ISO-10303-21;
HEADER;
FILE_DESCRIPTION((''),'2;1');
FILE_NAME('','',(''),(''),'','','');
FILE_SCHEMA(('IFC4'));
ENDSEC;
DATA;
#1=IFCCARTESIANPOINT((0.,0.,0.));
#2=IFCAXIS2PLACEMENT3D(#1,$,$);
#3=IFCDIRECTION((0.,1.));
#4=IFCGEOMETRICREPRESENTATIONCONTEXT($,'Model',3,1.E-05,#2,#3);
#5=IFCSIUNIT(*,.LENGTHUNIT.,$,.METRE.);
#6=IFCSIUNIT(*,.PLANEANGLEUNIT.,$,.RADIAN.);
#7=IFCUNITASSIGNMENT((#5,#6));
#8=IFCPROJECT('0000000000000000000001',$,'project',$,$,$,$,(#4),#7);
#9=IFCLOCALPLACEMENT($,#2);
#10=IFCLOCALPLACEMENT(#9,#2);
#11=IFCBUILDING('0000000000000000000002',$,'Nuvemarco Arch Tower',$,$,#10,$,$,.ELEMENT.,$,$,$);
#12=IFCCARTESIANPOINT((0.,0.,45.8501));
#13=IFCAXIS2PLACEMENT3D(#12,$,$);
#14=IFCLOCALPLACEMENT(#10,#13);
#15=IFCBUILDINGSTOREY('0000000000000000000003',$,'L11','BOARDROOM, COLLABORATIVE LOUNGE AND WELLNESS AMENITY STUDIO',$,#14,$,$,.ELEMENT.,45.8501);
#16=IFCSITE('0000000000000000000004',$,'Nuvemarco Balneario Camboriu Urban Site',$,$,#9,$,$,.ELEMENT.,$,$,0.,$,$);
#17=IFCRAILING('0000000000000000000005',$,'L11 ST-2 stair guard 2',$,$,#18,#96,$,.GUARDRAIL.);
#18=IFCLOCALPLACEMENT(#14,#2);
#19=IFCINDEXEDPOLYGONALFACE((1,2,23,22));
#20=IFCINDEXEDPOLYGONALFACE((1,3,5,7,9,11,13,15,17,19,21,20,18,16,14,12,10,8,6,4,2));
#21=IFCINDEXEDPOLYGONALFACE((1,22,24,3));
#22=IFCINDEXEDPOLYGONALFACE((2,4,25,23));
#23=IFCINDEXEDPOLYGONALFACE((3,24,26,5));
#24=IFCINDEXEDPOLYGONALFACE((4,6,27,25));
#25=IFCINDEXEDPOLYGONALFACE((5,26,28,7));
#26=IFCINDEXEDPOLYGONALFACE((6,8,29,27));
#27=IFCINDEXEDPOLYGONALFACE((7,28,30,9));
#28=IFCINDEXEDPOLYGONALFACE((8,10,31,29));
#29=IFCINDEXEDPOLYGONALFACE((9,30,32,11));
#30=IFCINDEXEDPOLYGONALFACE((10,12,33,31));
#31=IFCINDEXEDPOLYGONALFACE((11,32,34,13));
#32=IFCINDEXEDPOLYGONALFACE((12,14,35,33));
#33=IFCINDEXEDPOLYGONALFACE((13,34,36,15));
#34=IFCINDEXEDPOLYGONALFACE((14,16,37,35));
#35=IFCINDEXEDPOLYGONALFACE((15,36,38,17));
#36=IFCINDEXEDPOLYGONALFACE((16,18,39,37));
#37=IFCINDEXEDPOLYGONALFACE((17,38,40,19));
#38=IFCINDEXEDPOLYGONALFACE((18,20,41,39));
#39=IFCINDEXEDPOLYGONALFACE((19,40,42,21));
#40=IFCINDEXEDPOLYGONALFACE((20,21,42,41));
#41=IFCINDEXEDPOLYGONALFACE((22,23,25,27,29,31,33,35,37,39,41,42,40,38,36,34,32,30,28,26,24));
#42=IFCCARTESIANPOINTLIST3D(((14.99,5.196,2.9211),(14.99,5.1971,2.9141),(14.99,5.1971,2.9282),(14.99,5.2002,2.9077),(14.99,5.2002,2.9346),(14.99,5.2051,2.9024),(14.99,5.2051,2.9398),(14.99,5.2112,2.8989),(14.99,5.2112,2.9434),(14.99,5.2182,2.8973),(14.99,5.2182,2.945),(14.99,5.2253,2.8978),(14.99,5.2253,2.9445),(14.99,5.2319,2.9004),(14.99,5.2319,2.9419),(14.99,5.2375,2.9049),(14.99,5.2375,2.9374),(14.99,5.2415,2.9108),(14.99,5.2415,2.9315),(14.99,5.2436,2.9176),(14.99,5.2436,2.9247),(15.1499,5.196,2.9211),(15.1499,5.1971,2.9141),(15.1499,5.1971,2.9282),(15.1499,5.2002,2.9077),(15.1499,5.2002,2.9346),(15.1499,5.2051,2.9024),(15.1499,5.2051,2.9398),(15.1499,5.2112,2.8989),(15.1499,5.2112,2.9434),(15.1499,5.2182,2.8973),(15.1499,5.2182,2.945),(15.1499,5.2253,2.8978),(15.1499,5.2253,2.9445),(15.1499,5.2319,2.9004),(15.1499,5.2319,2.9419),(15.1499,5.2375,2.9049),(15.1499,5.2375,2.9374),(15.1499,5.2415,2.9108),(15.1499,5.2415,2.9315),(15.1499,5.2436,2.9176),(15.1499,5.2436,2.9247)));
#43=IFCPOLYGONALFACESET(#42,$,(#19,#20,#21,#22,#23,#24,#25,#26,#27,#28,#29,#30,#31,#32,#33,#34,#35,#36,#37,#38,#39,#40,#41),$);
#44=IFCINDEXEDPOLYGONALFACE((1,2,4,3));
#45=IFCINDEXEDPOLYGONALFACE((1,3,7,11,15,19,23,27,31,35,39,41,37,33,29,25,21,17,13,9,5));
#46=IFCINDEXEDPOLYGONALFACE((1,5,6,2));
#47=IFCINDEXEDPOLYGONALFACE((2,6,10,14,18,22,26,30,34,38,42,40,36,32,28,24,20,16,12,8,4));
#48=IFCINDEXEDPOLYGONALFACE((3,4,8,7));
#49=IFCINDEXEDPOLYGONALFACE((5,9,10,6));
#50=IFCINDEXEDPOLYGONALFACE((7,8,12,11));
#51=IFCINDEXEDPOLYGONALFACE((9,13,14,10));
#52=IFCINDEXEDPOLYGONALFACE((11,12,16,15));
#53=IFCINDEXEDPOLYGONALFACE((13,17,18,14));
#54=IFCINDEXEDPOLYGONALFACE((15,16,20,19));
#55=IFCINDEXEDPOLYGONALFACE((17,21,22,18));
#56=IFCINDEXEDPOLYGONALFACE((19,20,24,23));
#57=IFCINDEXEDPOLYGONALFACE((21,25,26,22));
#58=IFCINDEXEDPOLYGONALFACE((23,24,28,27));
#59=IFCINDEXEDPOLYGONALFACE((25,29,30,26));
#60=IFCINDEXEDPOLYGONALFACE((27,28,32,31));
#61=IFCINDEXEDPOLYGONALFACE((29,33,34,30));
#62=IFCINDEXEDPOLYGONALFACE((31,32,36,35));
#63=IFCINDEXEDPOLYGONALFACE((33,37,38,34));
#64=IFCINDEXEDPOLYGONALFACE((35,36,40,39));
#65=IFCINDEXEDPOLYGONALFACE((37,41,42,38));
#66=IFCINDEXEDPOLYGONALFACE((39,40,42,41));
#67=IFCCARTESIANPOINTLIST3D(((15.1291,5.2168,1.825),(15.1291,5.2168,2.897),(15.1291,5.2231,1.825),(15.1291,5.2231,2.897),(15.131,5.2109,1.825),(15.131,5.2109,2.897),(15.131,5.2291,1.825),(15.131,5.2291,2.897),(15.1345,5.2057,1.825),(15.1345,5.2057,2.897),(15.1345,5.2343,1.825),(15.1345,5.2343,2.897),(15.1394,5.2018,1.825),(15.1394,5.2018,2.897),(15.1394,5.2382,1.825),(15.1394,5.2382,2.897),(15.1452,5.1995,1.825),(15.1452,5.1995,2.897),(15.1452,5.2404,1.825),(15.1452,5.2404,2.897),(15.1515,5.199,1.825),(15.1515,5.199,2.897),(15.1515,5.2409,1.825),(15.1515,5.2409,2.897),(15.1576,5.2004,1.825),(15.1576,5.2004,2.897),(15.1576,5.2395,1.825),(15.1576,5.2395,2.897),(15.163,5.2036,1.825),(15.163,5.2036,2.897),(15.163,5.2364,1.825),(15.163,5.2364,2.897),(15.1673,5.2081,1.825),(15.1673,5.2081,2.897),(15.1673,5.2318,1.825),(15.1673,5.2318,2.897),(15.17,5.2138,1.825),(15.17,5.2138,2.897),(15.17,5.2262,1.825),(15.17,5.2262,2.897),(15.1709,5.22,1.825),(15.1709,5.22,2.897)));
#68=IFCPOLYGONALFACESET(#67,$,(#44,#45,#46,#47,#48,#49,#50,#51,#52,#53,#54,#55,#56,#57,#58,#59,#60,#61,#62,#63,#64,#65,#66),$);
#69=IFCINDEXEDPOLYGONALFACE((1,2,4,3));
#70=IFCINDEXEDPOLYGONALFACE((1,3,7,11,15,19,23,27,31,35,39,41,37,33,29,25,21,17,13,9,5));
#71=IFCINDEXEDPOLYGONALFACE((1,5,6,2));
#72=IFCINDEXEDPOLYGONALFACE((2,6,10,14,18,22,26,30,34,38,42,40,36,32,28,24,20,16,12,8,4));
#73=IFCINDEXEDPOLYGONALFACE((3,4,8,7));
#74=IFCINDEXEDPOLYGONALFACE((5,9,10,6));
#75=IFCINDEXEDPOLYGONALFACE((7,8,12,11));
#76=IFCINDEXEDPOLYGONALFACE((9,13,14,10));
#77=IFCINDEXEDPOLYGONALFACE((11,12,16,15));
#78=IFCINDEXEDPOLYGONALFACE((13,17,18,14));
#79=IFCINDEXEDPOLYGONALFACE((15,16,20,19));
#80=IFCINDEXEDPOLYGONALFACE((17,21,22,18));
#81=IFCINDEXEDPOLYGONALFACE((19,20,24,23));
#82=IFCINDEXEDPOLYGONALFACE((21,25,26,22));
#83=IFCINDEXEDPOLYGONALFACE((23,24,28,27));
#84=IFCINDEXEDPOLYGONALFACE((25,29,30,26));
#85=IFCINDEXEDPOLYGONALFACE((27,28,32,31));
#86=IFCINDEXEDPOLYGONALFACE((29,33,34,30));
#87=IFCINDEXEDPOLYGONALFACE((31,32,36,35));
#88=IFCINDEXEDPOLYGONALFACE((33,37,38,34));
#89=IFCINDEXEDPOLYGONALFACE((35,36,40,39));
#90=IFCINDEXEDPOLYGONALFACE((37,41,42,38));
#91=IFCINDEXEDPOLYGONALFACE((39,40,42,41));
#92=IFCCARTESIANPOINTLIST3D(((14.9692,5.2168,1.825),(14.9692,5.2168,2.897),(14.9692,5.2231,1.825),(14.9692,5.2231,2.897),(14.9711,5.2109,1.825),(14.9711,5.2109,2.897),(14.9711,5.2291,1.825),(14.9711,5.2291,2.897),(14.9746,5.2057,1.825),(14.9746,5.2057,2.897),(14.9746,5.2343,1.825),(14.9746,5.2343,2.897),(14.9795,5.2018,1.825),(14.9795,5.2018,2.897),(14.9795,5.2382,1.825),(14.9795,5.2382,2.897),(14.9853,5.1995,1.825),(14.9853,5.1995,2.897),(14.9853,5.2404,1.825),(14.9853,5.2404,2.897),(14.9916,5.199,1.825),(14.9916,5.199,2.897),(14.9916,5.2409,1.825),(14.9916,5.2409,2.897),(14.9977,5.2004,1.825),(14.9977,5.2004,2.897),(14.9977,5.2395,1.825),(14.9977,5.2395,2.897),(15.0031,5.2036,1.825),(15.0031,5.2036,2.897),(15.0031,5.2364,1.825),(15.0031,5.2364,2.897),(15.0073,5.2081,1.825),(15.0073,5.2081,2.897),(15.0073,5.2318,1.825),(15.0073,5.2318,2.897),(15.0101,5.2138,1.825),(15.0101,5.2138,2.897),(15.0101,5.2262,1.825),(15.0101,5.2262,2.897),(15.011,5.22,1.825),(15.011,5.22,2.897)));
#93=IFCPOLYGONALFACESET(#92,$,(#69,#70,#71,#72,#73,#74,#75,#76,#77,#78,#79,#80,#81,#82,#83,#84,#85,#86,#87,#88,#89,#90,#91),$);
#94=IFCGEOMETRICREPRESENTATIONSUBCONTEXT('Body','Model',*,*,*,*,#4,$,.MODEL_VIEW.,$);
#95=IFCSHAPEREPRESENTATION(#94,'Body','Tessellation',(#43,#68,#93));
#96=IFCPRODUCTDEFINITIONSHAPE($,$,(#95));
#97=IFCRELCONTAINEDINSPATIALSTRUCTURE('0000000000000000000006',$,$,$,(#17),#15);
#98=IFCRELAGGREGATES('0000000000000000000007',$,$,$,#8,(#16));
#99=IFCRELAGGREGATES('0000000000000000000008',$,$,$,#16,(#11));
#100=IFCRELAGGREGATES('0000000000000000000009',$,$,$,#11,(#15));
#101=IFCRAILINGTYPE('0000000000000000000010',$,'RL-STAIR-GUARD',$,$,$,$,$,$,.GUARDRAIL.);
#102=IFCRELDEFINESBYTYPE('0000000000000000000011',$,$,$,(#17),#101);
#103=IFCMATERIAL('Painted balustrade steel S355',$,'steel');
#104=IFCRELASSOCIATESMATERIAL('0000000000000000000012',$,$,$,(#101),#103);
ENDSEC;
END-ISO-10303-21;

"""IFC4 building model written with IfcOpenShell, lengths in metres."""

from ifc_helpers import new_model, si_unit, direction, frame, origin, origin_2d, place, context, subcontext, project, spatial, circle, extrude, material, type_object, element, save


model = new_model("IFC4")

# Units and contexts
model_context = context("Model", 3, precision=1e-05, world=origin(), true_north=direction((0.0, 1.0)))
body_context = subcontext(model_context, "Body", "Model", "MODEL_VIEW")
ifc_project = project(units=[si_unit("LENGTHUNIT", "METRE"), si_unit("PLANEANGLEUNIT", "RADIAN")], contexts=[model_context])

# Site, building, storey
site_placement = place(None, origin())
site = spatial("IfcSite", under=ifc_project, at=site_placement, Name="Nuvemarco Balneario Camboriu Urban Site", CompositionType="ELEMENT", RefElevation=0.0)
building_placement = place(site_placement, origin())
building = spatial("IfcBuilding", under=site, at=building_placement, Name="Nuvemarco Arch Tower", CompositionType="ELEMENT")
storey_placement = place(building_placement, frame((0.0, 0.0, 45.8501)))
storey = spatial("IfcBuildingStorey", under=building, at=storey_placement, Name="L11", Description="BOARDROOM, COLLABORATIVE LOUNGE AND WELLNESS AMENITY STUDIO", CompositionType="ELEMENT", Elevation=45.8501)

# Railing
ifc_material_1 = material(Name="Painted balustrade steel S355", Category="steel")
railing_type_1 = type_object("IfcRailingType", Name="RL-STAIR-GUARD", PredefinedType="GUARDRAIL", material=ifc_material_1)
railing_1_placement = place(storey_placement, frame((15.1499, 5.22, 1.825)))
element("IfcRailing", 1, at=railing_1_placement, inside=storey, type_object=railing_type_1, Name="L11 ST-2 stair guard 2", PredefinedType="GUARDRAIL", context=body_context, shape_type="SweptSolid", body=[
    extrude(circle(Radius=0.0239, at=origin_2d()), frame((0.0, 0.0, 1.0962), z_axis=(-1.0, 0.0, 0.0), x_axis=(0.0, -1.0, 0.0)), (0.0, 0.0, 1.0), 0.1599),
    extrude(circle(Radius=0.021, at=origin_2d()), origin(), (0.0, 0.0, 1.0), 1.072),
    extrude(circle(Radius=0.021, at=origin_2d()), frame((-0.1599, 0.0, 0.0)), (0.0, 0.0, 1.0), 1.072),
])

save(model, "model.ifc")
